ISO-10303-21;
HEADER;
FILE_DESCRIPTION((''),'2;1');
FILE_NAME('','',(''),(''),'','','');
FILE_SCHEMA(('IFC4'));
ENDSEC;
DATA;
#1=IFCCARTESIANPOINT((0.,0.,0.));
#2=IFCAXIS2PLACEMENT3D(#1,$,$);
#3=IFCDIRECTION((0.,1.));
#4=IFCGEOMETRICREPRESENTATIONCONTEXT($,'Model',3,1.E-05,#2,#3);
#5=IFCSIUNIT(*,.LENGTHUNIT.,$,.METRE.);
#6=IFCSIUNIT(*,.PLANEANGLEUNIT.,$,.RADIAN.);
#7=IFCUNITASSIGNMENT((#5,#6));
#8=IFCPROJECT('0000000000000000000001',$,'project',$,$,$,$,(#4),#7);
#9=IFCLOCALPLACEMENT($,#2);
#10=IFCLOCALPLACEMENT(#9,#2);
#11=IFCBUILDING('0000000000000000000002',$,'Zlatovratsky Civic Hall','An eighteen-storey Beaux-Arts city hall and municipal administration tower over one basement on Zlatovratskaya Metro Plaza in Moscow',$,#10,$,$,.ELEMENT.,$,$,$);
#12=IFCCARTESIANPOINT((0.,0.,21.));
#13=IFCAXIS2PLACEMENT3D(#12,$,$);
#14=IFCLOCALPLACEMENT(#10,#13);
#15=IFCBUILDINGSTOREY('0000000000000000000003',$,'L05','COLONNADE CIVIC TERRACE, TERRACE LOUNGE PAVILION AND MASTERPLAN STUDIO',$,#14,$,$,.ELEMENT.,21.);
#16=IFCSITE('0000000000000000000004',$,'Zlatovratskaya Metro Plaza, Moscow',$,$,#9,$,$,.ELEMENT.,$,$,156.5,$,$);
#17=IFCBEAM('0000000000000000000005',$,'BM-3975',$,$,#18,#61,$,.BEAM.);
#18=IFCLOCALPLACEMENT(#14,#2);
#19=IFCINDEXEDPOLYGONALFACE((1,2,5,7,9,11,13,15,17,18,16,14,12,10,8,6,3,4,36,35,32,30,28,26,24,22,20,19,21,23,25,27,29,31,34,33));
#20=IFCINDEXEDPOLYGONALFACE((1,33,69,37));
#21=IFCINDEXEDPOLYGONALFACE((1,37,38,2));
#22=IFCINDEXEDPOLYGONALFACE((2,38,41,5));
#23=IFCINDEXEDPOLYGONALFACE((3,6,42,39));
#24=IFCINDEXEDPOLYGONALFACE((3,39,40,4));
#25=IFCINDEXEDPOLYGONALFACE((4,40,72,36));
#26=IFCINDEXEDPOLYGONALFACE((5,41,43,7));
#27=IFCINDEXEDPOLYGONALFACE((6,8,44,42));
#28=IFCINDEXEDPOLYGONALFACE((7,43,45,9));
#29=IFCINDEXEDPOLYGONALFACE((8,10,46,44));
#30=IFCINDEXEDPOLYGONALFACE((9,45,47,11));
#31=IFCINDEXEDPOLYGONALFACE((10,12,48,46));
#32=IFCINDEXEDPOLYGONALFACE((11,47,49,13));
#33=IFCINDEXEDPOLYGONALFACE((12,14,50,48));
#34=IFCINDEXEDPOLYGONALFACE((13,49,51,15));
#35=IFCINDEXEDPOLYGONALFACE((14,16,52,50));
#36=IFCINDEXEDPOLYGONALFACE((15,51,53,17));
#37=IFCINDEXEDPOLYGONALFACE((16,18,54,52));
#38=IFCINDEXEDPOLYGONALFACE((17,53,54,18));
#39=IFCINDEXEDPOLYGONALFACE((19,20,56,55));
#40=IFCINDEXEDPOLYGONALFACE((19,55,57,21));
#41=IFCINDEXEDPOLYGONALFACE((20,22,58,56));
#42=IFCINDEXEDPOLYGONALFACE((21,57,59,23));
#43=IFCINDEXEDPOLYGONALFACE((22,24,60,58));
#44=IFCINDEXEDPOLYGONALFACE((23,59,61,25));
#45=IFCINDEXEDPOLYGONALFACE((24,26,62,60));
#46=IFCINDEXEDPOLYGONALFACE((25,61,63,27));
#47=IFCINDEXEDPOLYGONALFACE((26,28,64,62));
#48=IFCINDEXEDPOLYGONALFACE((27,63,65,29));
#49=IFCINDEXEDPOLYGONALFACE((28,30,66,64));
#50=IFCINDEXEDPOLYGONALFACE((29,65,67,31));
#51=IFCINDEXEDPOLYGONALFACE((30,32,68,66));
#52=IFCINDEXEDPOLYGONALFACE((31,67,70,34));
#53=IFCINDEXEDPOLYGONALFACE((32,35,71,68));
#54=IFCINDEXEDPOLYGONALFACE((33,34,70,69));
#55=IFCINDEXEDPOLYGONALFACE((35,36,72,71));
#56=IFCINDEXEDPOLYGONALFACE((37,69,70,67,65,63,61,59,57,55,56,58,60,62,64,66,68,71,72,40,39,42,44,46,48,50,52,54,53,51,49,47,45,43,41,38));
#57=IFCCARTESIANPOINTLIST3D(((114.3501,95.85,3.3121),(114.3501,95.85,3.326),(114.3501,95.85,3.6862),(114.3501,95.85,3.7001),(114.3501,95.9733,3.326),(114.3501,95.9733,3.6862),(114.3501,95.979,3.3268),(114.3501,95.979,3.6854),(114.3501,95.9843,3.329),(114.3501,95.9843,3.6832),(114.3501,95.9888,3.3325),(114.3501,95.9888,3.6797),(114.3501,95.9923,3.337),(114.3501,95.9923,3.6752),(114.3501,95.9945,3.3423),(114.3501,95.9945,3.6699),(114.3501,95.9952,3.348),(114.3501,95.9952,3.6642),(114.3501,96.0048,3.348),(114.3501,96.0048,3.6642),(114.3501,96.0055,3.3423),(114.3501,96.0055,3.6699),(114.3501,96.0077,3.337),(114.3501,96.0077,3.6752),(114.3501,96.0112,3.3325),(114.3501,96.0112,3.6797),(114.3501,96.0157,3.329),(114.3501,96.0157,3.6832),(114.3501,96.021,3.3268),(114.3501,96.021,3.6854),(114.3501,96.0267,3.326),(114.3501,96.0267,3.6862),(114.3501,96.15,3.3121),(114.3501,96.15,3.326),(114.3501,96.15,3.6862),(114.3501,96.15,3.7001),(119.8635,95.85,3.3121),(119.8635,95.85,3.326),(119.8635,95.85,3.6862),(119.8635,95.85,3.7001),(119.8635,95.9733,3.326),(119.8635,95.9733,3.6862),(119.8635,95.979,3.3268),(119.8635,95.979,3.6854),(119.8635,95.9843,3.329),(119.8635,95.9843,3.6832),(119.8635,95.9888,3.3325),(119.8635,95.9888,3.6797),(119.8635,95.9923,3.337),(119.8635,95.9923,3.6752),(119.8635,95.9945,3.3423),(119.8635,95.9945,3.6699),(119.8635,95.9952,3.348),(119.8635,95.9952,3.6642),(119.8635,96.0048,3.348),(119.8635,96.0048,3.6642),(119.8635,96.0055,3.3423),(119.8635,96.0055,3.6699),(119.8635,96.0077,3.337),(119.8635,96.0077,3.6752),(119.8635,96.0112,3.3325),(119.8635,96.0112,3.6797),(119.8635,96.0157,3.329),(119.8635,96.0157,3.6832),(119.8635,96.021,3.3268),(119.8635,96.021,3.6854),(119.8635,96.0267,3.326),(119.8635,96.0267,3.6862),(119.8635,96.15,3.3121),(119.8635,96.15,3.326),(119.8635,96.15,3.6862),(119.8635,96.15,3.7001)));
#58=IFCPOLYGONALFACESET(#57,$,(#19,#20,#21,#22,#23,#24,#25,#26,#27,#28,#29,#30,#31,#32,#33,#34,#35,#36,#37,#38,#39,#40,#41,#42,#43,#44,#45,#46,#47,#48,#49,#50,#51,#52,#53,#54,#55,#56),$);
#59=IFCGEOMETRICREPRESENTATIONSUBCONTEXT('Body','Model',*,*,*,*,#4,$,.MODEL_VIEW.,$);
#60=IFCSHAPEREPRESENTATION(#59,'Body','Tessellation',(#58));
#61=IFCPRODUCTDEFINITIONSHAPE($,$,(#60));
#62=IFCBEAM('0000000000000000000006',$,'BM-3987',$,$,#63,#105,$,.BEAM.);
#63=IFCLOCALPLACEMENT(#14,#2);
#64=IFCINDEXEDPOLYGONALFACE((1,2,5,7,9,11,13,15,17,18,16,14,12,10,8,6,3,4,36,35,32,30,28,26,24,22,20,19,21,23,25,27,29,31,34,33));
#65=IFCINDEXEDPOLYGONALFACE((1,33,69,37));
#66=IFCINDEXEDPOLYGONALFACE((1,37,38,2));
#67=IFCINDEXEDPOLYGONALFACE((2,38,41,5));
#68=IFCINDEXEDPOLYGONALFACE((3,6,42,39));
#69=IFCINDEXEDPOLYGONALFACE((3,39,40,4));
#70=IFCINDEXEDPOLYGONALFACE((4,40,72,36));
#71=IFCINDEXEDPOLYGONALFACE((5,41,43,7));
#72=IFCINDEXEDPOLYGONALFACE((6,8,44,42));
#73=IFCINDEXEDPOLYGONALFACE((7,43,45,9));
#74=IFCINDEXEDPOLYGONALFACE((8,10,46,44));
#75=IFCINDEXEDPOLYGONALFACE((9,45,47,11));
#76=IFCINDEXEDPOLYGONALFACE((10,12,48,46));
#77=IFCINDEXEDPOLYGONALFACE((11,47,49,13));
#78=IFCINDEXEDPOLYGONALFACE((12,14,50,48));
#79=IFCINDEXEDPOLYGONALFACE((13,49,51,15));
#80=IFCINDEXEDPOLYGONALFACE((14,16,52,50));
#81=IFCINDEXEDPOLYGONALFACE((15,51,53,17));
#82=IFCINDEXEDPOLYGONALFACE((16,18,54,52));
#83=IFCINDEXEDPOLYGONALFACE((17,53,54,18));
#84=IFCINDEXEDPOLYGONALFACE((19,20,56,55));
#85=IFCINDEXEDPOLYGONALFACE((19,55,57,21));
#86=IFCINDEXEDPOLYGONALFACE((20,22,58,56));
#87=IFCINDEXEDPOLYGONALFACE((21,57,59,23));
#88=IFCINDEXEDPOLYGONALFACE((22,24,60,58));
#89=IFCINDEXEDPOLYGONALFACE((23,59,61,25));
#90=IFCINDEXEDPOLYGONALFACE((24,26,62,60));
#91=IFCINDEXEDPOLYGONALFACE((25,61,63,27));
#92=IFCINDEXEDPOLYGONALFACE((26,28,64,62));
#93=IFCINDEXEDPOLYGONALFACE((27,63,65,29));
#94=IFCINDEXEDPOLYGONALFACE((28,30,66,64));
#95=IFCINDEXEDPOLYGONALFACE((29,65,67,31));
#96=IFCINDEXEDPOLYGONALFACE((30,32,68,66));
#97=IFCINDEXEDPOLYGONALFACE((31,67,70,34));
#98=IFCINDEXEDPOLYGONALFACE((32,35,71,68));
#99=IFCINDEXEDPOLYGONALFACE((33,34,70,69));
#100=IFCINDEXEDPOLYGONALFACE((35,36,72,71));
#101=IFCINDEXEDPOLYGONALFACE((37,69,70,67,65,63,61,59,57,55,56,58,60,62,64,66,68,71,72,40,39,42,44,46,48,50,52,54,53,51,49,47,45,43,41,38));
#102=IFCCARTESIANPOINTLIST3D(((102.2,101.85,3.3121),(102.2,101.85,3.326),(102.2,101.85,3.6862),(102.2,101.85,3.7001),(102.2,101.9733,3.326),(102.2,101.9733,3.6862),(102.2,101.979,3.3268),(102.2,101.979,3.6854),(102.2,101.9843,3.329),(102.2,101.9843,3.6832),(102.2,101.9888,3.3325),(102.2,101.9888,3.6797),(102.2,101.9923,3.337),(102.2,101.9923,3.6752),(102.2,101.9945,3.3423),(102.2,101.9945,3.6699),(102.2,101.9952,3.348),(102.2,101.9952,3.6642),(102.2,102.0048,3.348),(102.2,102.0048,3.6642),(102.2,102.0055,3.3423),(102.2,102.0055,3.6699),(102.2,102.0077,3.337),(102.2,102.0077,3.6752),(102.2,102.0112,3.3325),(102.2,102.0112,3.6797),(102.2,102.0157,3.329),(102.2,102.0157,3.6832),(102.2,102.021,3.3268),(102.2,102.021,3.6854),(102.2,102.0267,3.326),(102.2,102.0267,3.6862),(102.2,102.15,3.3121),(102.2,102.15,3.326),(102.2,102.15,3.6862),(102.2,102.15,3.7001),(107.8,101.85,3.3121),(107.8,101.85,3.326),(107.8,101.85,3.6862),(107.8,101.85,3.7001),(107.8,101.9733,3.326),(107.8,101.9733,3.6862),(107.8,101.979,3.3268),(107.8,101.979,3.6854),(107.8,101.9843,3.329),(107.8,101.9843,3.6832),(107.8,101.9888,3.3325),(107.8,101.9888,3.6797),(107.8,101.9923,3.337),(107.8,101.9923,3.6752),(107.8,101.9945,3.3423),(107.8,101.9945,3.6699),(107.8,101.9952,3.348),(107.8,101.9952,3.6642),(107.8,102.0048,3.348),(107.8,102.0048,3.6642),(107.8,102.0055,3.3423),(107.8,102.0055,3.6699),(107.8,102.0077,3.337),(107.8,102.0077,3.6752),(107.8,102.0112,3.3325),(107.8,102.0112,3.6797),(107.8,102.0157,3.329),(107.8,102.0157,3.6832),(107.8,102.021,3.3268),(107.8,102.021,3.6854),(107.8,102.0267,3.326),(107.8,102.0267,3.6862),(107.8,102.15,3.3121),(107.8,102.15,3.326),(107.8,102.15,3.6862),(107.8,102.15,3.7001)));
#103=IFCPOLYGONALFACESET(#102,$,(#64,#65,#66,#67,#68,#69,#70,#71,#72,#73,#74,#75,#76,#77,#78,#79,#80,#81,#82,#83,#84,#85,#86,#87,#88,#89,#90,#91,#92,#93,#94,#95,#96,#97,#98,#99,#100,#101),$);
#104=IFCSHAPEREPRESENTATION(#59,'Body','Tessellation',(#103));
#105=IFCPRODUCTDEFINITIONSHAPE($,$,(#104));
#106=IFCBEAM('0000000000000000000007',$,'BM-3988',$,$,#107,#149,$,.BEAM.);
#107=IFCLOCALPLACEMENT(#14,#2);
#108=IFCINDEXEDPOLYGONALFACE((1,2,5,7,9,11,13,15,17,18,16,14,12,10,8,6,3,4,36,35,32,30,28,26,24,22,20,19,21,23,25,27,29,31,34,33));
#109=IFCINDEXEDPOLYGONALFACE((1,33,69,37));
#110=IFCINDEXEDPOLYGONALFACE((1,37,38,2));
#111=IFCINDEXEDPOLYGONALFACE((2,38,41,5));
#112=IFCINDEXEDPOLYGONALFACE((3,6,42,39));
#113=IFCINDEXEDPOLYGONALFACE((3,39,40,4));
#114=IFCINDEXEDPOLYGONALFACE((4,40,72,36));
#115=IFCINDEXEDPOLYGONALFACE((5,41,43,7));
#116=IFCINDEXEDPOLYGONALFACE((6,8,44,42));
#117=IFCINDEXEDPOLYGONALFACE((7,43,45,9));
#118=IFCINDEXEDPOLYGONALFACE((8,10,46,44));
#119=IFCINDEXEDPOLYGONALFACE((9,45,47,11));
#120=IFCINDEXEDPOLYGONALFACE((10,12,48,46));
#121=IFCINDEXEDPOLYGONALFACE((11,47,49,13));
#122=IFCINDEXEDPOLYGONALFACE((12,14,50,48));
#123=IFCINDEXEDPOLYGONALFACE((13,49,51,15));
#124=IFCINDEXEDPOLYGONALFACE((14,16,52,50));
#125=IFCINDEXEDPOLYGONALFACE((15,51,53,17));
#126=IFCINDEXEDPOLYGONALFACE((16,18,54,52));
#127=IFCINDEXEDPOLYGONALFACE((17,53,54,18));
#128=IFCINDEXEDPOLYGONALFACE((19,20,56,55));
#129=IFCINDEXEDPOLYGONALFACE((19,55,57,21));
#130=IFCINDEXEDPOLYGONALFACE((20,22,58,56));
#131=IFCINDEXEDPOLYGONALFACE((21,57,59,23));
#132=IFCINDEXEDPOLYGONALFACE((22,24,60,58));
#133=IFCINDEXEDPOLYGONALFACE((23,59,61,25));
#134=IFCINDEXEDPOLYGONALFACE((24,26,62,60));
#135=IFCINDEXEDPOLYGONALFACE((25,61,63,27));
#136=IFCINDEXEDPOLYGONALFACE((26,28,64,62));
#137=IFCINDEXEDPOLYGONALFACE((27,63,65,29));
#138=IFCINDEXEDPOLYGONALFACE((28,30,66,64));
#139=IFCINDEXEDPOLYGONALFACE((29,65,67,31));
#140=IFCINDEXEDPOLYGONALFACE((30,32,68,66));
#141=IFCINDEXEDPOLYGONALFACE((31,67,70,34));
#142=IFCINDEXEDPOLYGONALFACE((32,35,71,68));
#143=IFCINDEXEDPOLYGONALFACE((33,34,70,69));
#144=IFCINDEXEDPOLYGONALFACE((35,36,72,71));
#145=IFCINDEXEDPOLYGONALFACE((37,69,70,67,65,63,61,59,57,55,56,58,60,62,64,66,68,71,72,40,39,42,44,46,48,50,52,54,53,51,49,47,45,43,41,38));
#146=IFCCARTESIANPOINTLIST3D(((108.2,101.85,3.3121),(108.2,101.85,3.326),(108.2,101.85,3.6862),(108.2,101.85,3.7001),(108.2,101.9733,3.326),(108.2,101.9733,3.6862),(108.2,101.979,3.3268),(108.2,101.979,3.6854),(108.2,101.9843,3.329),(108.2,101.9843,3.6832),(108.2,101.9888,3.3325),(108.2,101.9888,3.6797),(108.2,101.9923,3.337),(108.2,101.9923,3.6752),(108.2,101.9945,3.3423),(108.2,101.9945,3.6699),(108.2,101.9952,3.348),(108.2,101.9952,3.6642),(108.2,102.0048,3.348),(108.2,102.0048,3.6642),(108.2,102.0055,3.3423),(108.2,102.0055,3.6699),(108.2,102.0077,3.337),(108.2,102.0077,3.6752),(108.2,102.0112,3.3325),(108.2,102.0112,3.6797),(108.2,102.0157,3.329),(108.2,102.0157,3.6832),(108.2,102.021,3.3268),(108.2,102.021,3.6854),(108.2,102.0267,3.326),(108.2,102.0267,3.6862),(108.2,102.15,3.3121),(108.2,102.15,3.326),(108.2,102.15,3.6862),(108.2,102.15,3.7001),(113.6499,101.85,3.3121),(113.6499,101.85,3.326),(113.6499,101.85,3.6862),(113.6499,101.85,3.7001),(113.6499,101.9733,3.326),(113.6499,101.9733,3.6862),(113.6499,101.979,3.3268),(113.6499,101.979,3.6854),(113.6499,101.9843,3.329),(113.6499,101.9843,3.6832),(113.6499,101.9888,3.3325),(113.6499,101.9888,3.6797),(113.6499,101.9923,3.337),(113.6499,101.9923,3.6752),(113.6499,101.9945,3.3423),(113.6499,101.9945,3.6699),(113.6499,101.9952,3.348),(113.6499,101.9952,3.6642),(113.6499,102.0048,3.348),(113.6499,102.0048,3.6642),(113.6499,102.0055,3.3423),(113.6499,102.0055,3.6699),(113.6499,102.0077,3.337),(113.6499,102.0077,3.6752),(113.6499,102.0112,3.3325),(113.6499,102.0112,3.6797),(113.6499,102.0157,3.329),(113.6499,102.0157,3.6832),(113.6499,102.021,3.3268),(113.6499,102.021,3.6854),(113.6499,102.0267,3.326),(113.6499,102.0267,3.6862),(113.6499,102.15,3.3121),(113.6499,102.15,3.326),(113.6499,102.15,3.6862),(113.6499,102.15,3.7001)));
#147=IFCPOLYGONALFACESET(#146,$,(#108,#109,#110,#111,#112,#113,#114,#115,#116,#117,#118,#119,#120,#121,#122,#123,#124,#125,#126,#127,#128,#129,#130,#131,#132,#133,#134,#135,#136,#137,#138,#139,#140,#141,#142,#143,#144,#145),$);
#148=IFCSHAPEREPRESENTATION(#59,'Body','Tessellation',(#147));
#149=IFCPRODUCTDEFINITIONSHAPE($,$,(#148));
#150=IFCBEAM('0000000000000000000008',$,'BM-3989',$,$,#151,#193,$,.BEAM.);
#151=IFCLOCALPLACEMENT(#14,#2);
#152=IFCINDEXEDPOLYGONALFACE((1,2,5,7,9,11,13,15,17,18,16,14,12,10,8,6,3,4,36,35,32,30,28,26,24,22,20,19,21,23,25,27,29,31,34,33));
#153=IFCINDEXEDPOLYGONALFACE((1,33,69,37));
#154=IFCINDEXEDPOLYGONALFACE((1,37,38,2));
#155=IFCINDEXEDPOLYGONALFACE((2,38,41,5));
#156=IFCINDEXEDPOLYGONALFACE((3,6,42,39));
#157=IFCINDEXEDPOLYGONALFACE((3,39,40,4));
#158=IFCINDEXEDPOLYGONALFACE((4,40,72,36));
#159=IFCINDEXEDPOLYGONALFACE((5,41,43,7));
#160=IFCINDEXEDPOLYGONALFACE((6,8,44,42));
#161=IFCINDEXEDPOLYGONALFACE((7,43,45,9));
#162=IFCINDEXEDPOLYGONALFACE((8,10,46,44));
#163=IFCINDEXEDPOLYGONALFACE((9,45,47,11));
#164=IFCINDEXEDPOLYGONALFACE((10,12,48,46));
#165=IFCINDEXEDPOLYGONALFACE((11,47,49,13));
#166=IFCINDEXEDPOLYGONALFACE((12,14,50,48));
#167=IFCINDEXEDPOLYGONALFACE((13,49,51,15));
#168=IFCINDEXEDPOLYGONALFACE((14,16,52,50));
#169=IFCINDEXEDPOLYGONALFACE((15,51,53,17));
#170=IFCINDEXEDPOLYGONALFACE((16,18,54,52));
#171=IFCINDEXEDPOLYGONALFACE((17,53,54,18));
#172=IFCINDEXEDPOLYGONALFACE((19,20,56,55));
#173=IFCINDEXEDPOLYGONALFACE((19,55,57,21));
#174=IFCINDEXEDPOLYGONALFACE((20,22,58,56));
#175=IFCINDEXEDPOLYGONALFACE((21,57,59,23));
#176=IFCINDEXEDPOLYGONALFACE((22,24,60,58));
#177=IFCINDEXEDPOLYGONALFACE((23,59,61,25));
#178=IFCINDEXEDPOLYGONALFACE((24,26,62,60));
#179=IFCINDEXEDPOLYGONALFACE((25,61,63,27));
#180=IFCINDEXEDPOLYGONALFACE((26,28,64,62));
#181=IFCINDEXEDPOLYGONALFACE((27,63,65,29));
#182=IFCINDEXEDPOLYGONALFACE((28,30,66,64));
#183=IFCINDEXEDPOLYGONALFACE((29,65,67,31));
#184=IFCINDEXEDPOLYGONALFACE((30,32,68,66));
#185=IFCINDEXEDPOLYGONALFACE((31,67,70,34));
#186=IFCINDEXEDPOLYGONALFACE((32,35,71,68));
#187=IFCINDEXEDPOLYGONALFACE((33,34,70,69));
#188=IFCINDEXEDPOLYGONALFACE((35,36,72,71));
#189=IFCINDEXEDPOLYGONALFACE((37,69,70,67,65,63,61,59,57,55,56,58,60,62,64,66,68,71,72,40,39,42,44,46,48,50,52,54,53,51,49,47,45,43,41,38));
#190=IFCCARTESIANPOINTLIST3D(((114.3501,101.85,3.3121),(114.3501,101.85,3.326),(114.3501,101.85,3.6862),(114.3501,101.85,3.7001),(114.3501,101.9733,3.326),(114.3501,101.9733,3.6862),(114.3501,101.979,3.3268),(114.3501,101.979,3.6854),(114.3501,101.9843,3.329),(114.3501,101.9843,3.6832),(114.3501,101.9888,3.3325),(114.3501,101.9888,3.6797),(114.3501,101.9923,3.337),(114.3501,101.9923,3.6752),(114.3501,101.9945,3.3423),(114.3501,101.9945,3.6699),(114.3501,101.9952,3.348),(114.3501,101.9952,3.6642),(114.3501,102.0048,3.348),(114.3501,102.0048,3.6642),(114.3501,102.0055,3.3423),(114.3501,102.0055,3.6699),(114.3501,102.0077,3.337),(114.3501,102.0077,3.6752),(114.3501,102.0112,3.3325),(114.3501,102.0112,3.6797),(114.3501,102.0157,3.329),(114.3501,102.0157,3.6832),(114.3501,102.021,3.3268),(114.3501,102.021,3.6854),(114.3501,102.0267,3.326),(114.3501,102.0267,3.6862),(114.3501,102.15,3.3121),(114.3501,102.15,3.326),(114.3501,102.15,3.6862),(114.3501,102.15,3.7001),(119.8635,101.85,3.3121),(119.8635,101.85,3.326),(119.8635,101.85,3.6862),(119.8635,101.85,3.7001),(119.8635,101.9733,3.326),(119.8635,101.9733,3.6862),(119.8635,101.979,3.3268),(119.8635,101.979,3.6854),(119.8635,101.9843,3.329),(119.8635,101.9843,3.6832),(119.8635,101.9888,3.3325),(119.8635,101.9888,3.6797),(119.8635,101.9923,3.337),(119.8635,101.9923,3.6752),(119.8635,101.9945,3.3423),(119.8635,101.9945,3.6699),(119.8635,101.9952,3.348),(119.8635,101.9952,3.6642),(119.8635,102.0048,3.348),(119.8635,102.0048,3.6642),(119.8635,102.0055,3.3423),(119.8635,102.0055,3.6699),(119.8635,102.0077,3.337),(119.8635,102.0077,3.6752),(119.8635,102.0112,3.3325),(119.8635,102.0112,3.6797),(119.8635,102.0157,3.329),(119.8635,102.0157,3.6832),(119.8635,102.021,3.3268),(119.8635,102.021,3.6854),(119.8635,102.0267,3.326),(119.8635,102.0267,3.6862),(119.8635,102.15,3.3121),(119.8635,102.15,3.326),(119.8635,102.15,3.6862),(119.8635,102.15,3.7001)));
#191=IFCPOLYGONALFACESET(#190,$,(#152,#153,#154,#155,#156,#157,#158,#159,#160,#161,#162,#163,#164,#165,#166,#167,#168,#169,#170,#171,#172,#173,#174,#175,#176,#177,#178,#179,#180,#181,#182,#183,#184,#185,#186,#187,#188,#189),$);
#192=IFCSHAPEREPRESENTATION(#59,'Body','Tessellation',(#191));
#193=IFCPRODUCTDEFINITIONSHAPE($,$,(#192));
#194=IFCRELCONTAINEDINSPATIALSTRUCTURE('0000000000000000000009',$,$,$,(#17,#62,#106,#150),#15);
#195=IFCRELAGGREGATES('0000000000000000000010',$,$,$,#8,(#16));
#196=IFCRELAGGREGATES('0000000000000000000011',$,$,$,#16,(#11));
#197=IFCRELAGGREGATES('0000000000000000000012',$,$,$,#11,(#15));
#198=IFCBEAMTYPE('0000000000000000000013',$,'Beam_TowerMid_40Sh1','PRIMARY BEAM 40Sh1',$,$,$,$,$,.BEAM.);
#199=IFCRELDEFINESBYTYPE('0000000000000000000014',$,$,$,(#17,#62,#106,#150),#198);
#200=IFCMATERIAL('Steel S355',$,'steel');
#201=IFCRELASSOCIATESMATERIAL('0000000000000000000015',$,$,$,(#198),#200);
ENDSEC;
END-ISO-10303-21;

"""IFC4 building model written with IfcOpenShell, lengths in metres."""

from ifc_helpers import new_model, si_unit, direction, frame, origin, origin_2d, place, context, subcontext, project, spatial, i_section, extrude, material, material_profile, profile_set, type_object, element, save


model = new_model("IFC4")

# Units and contexts
model_context = context("Model", 3, precision=1e-05, world=origin(), true_north=direction((0.0, 1.0)))
body_context = subcontext(model_context, "Body", "Model", "MODEL_VIEW")
ifc_project = project(units=[si_unit("LENGTHUNIT", "METRE"), si_unit("PLANEANGLEUNIT", "RADIAN")], contexts=[model_context])

# Site, building, storey
site_placement = place(None, origin())
site = spatial("IfcSite", under=ifc_project, at=site_placement, Name="Zlatovratskaya Metro Plaza, Moscow", CompositionType="ELEMENT", RefElevation=156.5)
building_placement = place(site_placement, origin())
building = spatial("IfcBuilding", under=site, at=building_placement, Name="Zlatovratsky Civic Hall", Description="An eighteen-storey Beaux-Arts city hall and municipal administration tower over one basement on Zlatovratskaya Metro Plaza in Moscow", CompositionType="ELEMENT")
storey_placement = place(building_placement, frame((0.0, 0.0, 21.0)))
storey = spatial("IfcBuildingStorey", under=building, at=storey_placement, Name="L05", Description="COLONNADE CIVIC TERRACE, TERRACE LOUNGE PAVILION AND MASTERPLAN STUDIO", CompositionType="ELEMENT", Elevation=21.0)

# Shared definitions
ifc_material_1 = material(Name="Steel S355", Category="steel")

# Beams
ifc_material_profile_1 = material_profile(ifc_material_1, i_section(OverallWidth=0.3, OverallDepth=0.3879, WebThickness=0.0095, FlangeThickness=0.0139, FilletRadius=0.022, at=origin_2d()), Name="40Sh1")
ifc_profile_set_1 = profile_set([ifc_material_profile_1], Name="Steel S355")
beam_type_1 = type_object("IfcBeamType", Name="Beam_TowerMid_40Sh1", Description="PRIMARY BEAM 40Sh1", PredefinedType="BEAM", material=ifc_profile_set_1)
beam_1_placement = place(storey_placement, frame((114.3501, 96.0, 3.5061), z_axis=(1.0, 0.0, 0.0), x_axis=(0.0, 1.0, 0.0)))
element("IfcBeam", 1, at=beam_1_placement, inside=storey, type_object=beam_type_1, Name="BM-3975", PredefinedType="BEAM", context=body_context, shape_type="SweptSolid", body=[
    extrude(i_section(OverallWidth=0.3, OverallDepth=0.3879, WebThickness=0.0095, FlangeThickness=0.0139, FilletRadius=0.022, at=origin_2d()), origin(), (0.0, 0.0, 1.0), 5.5134),
])
beam_2_placement = place(storey_placement, frame((102.2, 102.0, 3.5061), z_axis=(1.0, 0.0, 0.0), x_axis=(0.0, 1.0, 0.0)))
element("IfcBeam", 2, at=beam_2_placement, inside=storey, type_object=beam_type_1, Name="BM-3987", PredefinedType="BEAM", context=body_context, shape_type="SweptSolid", body=[
    extrude(i_section(OverallWidth=0.3, OverallDepth=0.3879, WebThickness=0.0095, FlangeThickness=0.0139, FilletRadius=0.022, at=origin_2d()), origin(), (0.0, 0.0, 1.0), 5.6001),
])
beam_3_placement = place(storey_placement, frame((108.2, 102.0, 3.5061), z_axis=(1.0, 0.0, 0.0), x_axis=(0.0, 1.0, 0.0)))
element("IfcBeam", 3, at=beam_3_placement, inside=storey, type_object=beam_type_1, Name="BM-3988", PredefinedType="BEAM", context=body_context, shape_type="SweptSolid", body=[
    extrude(i_section(OverallWidth=0.3, OverallDepth=0.3879, WebThickness=0.0095, FlangeThickness=0.0139, FilletRadius=0.022, at=origin_2d()), origin(), (0.0, 0.0, 1.0), 5.45),
])
beam_4_placement = place(storey_placement, frame((114.3501, 102.0, 3.5061), z_axis=(1.0, 0.0, 0.0), x_axis=(0.0, 1.0, 0.0)))
element("IfcBeam", 4, at=beam_4_placement, inside=storey, type_object=beam_type_1, Name="BM-3989", PredefinedType="BEAM", context=body_context, shape_type="SweptSolid", body=[
    extrude(i_section(OverallWidth=0.3, OverallDepth=0.3879, WebThickness=0.0095, FlangeThickness=0.0139, FilletRadius=0.022, at=origin_2d()), origin(), (0.0, 0.0, 1.0), 5.5134),
])

save(model, "model.ifc")
